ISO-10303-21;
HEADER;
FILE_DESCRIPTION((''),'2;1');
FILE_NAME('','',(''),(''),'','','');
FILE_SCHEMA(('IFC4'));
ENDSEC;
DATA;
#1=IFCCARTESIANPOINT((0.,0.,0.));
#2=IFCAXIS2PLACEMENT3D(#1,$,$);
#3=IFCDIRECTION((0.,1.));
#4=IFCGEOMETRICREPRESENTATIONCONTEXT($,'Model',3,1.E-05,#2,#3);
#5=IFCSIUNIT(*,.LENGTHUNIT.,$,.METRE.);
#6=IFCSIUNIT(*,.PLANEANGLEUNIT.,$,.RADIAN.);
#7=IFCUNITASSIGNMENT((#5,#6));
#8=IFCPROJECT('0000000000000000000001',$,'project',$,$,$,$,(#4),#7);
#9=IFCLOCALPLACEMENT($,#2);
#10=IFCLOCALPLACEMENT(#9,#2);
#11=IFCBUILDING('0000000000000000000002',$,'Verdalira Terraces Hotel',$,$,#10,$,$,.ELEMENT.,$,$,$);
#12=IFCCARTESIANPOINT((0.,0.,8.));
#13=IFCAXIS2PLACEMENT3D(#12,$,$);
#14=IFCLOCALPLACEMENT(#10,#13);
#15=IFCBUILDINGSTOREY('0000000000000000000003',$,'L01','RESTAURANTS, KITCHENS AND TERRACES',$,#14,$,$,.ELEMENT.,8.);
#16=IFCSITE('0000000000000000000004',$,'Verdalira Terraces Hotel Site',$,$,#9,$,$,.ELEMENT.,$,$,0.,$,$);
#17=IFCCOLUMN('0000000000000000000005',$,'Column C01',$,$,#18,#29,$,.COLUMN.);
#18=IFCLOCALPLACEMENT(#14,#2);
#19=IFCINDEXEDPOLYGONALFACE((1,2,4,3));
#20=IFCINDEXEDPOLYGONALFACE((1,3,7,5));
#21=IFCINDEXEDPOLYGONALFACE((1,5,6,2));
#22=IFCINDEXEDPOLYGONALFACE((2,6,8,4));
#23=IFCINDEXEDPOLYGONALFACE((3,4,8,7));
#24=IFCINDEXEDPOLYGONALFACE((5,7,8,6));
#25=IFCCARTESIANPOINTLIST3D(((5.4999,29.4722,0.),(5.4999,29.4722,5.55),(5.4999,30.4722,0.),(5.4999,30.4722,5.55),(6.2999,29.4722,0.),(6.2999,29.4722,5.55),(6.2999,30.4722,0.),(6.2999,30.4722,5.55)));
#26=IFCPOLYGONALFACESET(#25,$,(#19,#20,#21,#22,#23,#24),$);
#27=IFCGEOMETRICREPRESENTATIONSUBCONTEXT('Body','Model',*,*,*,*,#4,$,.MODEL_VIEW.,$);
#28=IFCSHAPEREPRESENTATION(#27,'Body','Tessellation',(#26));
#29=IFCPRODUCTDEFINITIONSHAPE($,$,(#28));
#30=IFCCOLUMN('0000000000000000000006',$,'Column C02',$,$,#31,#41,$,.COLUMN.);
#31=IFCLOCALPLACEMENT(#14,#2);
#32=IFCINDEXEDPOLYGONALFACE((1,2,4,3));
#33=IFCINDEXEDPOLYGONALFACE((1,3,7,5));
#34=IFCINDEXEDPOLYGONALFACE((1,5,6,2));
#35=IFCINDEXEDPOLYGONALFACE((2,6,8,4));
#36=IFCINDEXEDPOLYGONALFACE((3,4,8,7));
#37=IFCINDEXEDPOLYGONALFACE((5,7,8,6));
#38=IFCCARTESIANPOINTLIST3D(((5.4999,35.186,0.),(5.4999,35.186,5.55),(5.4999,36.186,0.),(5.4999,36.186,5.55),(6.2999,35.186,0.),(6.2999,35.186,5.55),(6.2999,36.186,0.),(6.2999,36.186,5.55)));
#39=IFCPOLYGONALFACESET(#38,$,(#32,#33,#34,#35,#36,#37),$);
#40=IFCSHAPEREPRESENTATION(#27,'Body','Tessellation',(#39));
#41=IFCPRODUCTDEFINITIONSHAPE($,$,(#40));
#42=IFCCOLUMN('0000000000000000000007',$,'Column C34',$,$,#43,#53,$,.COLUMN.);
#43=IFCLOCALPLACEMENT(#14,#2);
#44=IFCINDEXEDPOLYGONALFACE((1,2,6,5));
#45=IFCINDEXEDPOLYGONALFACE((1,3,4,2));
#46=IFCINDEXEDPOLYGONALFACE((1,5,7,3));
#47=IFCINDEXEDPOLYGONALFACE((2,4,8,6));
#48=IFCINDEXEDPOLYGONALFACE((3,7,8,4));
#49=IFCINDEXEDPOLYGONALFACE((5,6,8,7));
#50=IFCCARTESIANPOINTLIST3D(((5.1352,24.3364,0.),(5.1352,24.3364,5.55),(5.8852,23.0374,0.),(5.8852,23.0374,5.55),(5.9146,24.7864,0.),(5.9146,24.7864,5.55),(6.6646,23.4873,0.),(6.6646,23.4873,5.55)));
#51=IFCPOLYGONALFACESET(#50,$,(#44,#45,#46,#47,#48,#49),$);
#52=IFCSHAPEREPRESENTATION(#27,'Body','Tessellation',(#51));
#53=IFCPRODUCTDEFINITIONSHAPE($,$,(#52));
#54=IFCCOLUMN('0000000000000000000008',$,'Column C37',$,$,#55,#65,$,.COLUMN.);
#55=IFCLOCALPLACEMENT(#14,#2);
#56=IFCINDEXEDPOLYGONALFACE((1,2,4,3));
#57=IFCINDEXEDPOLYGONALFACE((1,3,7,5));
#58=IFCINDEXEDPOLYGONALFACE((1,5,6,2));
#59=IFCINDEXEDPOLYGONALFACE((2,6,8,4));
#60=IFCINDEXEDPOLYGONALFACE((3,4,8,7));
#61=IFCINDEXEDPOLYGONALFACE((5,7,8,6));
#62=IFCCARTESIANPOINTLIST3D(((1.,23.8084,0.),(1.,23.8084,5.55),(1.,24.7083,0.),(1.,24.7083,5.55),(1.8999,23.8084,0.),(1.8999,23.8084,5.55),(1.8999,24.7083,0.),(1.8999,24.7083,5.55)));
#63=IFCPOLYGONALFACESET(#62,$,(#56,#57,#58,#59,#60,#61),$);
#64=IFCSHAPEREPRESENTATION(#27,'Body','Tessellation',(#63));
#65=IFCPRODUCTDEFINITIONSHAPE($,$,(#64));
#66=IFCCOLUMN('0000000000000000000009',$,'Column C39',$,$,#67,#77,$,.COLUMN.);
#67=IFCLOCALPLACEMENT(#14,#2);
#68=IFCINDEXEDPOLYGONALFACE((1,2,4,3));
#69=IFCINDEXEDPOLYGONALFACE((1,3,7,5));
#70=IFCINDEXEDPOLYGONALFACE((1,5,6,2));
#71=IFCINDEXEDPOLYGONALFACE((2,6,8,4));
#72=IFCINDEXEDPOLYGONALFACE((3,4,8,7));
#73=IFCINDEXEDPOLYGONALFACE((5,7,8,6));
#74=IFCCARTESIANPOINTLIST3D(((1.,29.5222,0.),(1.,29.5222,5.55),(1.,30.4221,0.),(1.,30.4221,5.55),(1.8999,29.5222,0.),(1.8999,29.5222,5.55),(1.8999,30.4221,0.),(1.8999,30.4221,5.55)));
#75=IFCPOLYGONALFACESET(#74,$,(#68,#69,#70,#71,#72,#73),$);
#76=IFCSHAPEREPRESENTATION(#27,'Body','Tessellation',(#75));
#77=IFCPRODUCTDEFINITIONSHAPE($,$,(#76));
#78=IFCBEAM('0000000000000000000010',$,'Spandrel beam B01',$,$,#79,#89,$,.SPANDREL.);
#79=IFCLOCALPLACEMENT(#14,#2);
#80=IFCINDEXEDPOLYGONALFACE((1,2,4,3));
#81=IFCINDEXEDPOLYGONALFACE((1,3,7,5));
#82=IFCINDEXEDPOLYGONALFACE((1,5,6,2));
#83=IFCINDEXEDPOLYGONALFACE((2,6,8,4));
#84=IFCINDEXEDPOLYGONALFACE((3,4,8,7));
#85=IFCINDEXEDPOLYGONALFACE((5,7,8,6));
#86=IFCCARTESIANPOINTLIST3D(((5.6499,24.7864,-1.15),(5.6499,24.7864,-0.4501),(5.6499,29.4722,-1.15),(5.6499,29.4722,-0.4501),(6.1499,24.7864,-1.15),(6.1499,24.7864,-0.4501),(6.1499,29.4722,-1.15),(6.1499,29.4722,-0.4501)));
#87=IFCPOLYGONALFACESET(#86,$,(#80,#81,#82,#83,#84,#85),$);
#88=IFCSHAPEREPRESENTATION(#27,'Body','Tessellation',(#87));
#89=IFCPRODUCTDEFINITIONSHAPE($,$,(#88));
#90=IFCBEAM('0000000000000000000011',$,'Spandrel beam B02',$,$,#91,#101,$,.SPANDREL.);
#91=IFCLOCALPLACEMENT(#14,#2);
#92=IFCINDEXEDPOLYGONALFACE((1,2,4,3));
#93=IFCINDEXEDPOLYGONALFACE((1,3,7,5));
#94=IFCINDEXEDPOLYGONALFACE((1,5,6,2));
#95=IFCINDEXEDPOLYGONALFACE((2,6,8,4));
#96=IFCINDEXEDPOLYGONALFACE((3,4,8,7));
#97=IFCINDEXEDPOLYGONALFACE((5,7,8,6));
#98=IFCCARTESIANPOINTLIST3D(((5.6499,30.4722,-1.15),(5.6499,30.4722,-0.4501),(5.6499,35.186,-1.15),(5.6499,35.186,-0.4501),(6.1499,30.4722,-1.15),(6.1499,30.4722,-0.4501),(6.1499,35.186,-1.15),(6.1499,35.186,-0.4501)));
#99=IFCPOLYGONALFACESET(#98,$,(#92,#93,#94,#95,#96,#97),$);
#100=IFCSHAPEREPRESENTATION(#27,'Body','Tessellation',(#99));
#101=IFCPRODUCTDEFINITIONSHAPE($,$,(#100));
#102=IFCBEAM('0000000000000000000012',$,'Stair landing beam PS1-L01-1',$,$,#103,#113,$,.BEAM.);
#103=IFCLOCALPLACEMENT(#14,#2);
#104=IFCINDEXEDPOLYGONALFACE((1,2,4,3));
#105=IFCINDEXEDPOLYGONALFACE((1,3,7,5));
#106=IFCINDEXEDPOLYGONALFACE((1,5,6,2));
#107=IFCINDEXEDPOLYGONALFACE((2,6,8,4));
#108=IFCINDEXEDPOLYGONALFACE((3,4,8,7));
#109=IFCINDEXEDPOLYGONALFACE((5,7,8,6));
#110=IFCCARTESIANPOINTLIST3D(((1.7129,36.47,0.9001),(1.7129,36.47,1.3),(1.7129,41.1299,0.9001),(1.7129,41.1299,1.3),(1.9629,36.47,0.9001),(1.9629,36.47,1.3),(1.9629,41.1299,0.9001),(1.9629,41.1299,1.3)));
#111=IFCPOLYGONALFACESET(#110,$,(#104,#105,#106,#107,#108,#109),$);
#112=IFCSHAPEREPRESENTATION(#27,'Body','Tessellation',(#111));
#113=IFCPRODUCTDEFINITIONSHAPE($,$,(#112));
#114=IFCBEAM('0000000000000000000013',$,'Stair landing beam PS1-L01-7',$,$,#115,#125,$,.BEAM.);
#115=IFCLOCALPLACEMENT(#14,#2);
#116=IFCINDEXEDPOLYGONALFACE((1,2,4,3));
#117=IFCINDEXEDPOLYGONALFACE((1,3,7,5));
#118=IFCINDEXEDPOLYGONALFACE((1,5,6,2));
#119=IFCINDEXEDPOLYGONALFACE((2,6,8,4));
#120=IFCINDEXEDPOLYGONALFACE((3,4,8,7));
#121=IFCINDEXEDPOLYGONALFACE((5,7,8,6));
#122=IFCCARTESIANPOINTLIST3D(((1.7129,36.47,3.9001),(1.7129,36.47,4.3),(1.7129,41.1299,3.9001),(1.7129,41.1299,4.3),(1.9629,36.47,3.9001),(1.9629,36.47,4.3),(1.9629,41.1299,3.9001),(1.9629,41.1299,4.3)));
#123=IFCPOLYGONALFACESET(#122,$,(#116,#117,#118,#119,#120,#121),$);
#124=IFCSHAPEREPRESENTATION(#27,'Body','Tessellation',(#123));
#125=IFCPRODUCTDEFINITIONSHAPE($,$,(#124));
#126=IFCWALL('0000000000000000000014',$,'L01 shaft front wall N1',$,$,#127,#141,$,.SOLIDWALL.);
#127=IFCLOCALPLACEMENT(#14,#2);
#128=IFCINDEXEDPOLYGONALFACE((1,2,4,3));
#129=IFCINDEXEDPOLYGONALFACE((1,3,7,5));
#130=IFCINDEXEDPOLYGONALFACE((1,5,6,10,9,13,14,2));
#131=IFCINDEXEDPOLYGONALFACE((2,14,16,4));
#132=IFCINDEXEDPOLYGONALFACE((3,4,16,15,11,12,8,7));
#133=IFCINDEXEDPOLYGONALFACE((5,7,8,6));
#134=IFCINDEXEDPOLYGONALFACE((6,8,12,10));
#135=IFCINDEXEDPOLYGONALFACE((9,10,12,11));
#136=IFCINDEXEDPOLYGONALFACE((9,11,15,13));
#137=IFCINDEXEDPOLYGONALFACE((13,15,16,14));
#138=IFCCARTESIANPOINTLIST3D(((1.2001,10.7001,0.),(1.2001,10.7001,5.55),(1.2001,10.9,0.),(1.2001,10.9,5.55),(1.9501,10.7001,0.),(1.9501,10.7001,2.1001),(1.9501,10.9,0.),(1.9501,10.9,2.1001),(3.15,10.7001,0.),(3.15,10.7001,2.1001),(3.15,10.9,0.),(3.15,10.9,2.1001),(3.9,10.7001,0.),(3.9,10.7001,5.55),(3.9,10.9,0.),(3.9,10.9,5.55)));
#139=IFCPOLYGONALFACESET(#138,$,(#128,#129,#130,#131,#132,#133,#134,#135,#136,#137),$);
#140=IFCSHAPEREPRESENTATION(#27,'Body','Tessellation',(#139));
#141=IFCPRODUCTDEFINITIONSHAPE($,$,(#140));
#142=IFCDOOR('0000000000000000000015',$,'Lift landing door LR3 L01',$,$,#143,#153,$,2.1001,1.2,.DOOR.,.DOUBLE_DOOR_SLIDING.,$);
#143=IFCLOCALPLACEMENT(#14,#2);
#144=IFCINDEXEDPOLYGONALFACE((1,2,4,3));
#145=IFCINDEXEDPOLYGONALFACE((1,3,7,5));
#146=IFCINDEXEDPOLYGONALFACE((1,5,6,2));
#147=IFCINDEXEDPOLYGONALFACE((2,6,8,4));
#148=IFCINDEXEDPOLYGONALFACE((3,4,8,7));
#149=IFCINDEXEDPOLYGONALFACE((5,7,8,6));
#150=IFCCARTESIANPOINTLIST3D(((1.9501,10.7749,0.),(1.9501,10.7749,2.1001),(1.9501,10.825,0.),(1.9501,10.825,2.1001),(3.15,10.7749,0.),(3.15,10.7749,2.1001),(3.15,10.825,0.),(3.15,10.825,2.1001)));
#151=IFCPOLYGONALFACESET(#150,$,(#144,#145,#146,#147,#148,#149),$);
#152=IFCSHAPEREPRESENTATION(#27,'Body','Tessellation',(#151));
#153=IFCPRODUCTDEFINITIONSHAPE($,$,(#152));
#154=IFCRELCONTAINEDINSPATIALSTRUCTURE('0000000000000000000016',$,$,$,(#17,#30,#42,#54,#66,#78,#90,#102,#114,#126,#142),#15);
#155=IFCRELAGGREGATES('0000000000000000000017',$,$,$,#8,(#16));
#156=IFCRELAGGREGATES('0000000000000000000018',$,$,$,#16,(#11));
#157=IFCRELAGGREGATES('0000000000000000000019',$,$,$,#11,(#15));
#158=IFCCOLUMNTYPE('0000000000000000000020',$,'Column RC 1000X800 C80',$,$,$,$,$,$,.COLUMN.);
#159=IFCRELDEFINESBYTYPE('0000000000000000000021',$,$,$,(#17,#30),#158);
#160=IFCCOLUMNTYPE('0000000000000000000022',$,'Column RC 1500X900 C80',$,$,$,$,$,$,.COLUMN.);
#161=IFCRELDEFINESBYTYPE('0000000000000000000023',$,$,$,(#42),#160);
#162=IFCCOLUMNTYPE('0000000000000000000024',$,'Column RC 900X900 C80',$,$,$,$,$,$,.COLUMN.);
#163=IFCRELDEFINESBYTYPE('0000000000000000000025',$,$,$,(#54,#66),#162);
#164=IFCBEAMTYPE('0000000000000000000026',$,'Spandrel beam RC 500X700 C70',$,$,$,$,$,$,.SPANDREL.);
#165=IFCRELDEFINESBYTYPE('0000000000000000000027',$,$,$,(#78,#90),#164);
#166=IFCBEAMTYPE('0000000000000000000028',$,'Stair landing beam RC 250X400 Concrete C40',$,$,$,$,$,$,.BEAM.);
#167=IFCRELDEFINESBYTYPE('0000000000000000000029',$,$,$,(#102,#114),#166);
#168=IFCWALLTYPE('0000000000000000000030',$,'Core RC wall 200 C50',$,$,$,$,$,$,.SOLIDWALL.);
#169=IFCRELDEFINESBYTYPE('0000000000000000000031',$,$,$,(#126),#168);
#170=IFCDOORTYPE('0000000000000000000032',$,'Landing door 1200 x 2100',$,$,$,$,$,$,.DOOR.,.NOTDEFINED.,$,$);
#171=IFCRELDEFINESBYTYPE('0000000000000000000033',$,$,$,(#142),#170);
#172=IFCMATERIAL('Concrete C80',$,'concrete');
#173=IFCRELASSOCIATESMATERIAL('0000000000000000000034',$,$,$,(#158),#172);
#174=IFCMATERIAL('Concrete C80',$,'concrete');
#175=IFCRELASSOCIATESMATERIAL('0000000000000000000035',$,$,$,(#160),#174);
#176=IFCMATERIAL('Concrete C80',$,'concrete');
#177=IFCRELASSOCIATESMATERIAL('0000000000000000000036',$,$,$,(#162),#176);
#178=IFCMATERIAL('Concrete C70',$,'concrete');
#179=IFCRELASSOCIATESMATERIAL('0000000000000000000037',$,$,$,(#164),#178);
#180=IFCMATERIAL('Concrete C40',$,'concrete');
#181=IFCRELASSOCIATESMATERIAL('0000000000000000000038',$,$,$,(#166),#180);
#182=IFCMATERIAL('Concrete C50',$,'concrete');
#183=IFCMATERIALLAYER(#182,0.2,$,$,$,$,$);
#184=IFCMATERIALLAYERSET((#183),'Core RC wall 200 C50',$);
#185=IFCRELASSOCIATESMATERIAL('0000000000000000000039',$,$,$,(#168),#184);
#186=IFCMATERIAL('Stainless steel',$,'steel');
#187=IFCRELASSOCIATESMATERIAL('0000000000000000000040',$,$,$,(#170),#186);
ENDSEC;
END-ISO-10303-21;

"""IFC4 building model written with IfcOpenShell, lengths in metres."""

from ifc_helpers import new_model, si_unit, direction, frame, frame_2d, origin, origin_2d, place, context, subcontext, project, spatial, rectangle, extrude, material, layer, layer_set, material_profile, profile_set, type_object, element, fill, save


model = new_model("IFC4")

# Units and contexts
model_context = context("Model", 3, precision=1e-05, world=origin(), true_north=direction((0.0, 1.0)))
body_context = subcontext(model_context, "Body", "Model", "MODEL_VIEW")
ifc_project = project(units=[si_unit("LENGTHUNIT", "METRE"), si_unit("PLANEANGLEUNIT", "RADIAN")], contexts=[model_context])

# Site, building, storey
site_placement = place(None, origin())
site = spatial("IfcSite", under=ifc_project, at=site_placement, Name="Verdalira Terraces Hotel Site", CompositionType="ELEMENT", RefElevation=0.0)
building_placement = place(site_placement, origin())
building = spatial("IfcBuilding", under=site, at=building_placement, Name="Verdalira Terraces Hotel", CompositionType="ELEMENT")
storey_placement = place(building_placement, frame((0.0, 0.0, 8.0)))
storey = spatial("IfcBuildingStorey", under=building, at=storey_placement, Name="L01", Description="RESTAURANTS, KITCHENS AND TERRACES", CompositionType="ELEMENT", Elevation=8.0)

# Columns
ifc_material_1 = material(Name="Concrete C80", Category="concrete")
ifc_material_profile_1 = material_profile(ifc_material_1, rectangle(XDim=1.0, YDim=0.8, at=origin_2d()), Name="RC 1000X800")
ifc_profile_set_1 = profile_set([ifc_material_profile_1], Name="Concrete C80")
column_type_1 = type_object("IfcColumnType", Name="Column RC 1000X800 C80", PredefinedType="COLUMN", material=ifc_profile_set_1)
for number, where, z_axis, x_axis, name in (
    (1, (5.8999, 29.9722, 0.0), (0.0, 0.0, 1.0), (0.0, 1.0, 0.0), "Column C01"),
    (2, (5.8999, 35.686, 0.0), (0.0, 0.0, 1.0), (0.0, 1.0, 0.0), "Column C02"),
):
    element("IfcColumn", number, at=place(storey_placement, frame(where, z_axis=z_axis, x_axis=x_axis)), inside=storey, type_object=column_type_1, Name=name, PredefinedType="COLUMN", context=body_context, shape_type="SweptSolid", body=[
        extrude(rectangle(XDim=1.0, YDim=0.8, at=origin_2d()), origin(), (0.0, 0.0, 1.0), 5.55),
    ])
ifc_material_2 = material(Name="Concrete C80", Category="concrete")
ifc_material_profile_2 = material_profile(ifc_material_2, rectangle(XDim=1.5, YDim=0.8999, at=origin_2d()), Name="RC 1500X900")
ifc_profile_set_2 = profile_set([ifc_material_profile_2], Name="Concrete C80")
column_type_2 = type_object("IfcColumnType", Name="Column RC 1500X900 C80", PredefinedType="COLUMN", material=ifc_profile_set_2)
column_placement = place(storey_placement, frame((5.8999, 23.9119, 0.0), z_axis=(0.0, 0.0, 1.0), x_axis=(0.5, -0.866025, 0.0)))
element("IfcColumn", 3, at=column_placement, inside=storey, type_object=column_type_2, Name="Column C34", PredefinedType="COLUMN", context=body_context, shape_type="SweptSolid", body=[
    extrude(rectangle(XDim=1.5, YDim=0.8999, at=origin_2d()), origin(), (0.0, 0.0, 1.0), 5.55),
])
ifc_material_3 = material(Name="Concrete C80", Category="concrete")
ifc_material_profile_3 = material_profile(ifc_material_3, rectangle(XDim=0.8999, YDim=0.8999, at=origin_2d()), Name="RC 900X900")
ifc_profile_set_3 = profile_set([ifc_material_profile_3], Name="Concrete C80")
column_type_3 = type_object("IfcColumnType", Name="Column RC 900X900 C80", PredefinedType="COLUMN", material=ifc_profile_set_3)
for number, where, z_axis, x_axis, name in (
    (4, (1.45, 24.2583, 0.0), (0.0, 0.0, 1.0), (0.0, 1.0, 0.0), "Column C37"),
    (5, (1.45, 29.9722, 0.0), (0.0, 0.0, 1.0), (0.0, 1.0, 0.0), "Column C39"),
):
    element("IfcColumn", number, at=place(storey_placement, frame(where, z_axis=z_axis, x_axis=x_axis)), inside=storey, type_object=column_type_3, Name=name, PredefinedType="COLUMN", context=body_context, shape_type="SweptSolid", body=[
        extrude(rectangle(XDim=0.8999, YDim=0.8999, at=origin_2d()), origin(), (0.0, 0.0, 1.0), 5.55),
    ])

# Beams
ifc_material_4 = material(Name="Concrete C70", Category="concrete")
ifc_material_profile_4 = material_profile(ifc_material_4, rectangle(XDim=0.5, YDim=0.7, at=origin_2d()), Name="RC 500X700")
ifc_profile_set_4 = profile_set([ifc_material_profile_4], Name="Concrete C70")
beam_type_1 = type_object("IfcBeamType", Name="Spandrel beam RC 500X700 C70", PredefinedType="SPANDREL", material=ifc_profile_set_4)
beam_1_placement = place(storey_placement, frame((5.8999, 24.7864, -0.8), z_axis=(0.0, 1.0, 0.0), x_axis=(-1.0, 0.0, 0.0)))
element("IfcBeam", 6, at=beam_1_placement, inside=storey, type_object=beam_type_1, Name="Spandrel beam B01", PredefinedType="SPANDREL", context=body_context, shape_type="SweptSolid", body=[
    extrude(rectangle(XDim=0.5, YDim=0.7, at=origin_2d()), origin(), (0.0, 0.0, 1.0), 4.6858),
])
beam_2_placement = place(storey_placement, frame((5.8999, 30.4722, -0.8), z_axis=(0.0, 1.0, 0.0), x_axis=(-1.0, 0.0, 0.0)))
element("IfcBeam", 7, at=beam_2_placement, inside=storey, type_object=beam_type_1, Name="Spandrel beam B02", PredefinedType="SPANDREL", context=body_context, shape_type="SweptSolid", body=[
    extrude(rectangle(XDim=0.5, YDim=0.7, at=origin_2d()), origin(), (0.0, 0.0, 1.0), 4.7139),
])
ifc_material_5 = material(Name="Concrete C40", Category="concrete")
ifc_material_profile_5 = material_profile(ifc_material_5, rectangle(XDim=0.25, YDim=0.3999, at=origin_2d()), Name="RC 250X400")
ifc_profile_set_5 = profile_set([ifc_material_profile_5], Name="Concrete C40")
beam_type_2 = type_object("IfcBeamType", Name="Stair landing beam RC 250X400 Concrete C40", PredefinedType="BEAM", material=ifc_profile_set_5)
for number, where, z_axis, x_axis, name in (
    (8, (1.8379, 36.47, 1.1001), (0.0, 1.0, 0.0), (-1.0, 0.0, 0.0), "Stair landing beam PS1-L01-1"),
    (9, (1.8379, 36.47, 4.1001), (0.0, 1.0, 0.0), (-1.0, 0.0, 0.0), "Stair landing beam PS1-L01-7"),
):
    element("IfcBeam", number, at=place(storey_placement, frame(where, z_axis=z_axis, x_axis=x_axis)), inside=storey, type_object=beam_type_2, Name=name, PredefinedType="BEAM", context=body_context, shape_type="SweptSolid", body=[
        extrude(rectangle(XDim=0.25, YDim=0.3999, at=origin_2d()), origin(), (0.0, 0.0, 1.0), 4.6599),
    ])

# Wall, opening, door
ifc_material_6 = material(Name="Concrete C50", Category="concrete")
ifc_layer_1 = layer(ifc_material_6, 0.2)
ifc_layer_set_1 = layer_set([ifc_layer_1], Name="Core RC wall 200 C50")
wall_type_1 = type_object("IfcWallType", Name="Core RC wall 200 C50", PredefinedType="SOLIDWALL", material=ifc_layer_set_1)
wall_1_placement = place(storey_placement, frame((1.2, 10.8, 0.0), z_axis=(0.0, 0.0, 1.0), x_axis=(1.0, 0.0, 0.0)))
wall_1 = element("IfcWall", 10, at=wall_1_placement, inside=storey, type_object=wall_type_1, Name="L01 shaft front wall N1", PredefinedType="SOLIDWALL", context=body_context, shape_type="SweptSolid", body=[
    extrude(rectangle(XDim=2.7, YDim=0.2, at=frame_2d((1.3501, 0.0))), origin(), (0.0, 0.0, 1.0), 5.55),
])
opening_1_placement = place(wall_1_placement, frame((0.75, 0.0, 0.0)))
opening_1 = element("IfcOpeningElement", 11, at=opening_1_placement, cuts=wall_1, PredefinedType="OPENING", context=body_context, shape_type="SweptSolid", body=[
    extrude(rectangle(XDim=1.2, YDim=2.1001, at=frame_2d((0.6001, 1.05))), frame((0.0, 0.1099, 0.0), z_axis=(0.0, -1.0, 0.0), x_axis=(1.0, 0.0, 0.0)), (0.0, 0.0, 1.0), 0.22),
])
ifc_material_7 = material(Name="Stainless steel", Category="steel")
door_type_1 = type_object("IfcDoorType", Name="Landing door 1200 x 2100", OperationType="NOTDEFINED", PredefinedType="DOOR", material=ifc_material_7)
door_1_placement = place(opening_1_placement, origin())
door_1 = element("IfcDoor", 12, at=door_1_placement, inside=storey, type_object=door_type_1, Name="Lift landing door LR3 L01", OperationType="DOUBLE_DOOR_SLIDING", OverallHeight=2.1001, OverallWidth=1.2, PredefinedType="DOOR", context=body_context, shape_type="SweptSolid", body=[
    extrude(rectangle(XDim=1.2, YDim=2.1001, at=frame_2d((0.6001, 1.05))), frame((0.0, 0.0249, 0.0), z_axis=(0.0, -1.0, 0.0), x_axis=(1.0, 0.0, 0.0)), (0.0, 0.0, 1.0), 0.05),
])
fill(opening_1, door_1)

save(model, "model.ifc")
